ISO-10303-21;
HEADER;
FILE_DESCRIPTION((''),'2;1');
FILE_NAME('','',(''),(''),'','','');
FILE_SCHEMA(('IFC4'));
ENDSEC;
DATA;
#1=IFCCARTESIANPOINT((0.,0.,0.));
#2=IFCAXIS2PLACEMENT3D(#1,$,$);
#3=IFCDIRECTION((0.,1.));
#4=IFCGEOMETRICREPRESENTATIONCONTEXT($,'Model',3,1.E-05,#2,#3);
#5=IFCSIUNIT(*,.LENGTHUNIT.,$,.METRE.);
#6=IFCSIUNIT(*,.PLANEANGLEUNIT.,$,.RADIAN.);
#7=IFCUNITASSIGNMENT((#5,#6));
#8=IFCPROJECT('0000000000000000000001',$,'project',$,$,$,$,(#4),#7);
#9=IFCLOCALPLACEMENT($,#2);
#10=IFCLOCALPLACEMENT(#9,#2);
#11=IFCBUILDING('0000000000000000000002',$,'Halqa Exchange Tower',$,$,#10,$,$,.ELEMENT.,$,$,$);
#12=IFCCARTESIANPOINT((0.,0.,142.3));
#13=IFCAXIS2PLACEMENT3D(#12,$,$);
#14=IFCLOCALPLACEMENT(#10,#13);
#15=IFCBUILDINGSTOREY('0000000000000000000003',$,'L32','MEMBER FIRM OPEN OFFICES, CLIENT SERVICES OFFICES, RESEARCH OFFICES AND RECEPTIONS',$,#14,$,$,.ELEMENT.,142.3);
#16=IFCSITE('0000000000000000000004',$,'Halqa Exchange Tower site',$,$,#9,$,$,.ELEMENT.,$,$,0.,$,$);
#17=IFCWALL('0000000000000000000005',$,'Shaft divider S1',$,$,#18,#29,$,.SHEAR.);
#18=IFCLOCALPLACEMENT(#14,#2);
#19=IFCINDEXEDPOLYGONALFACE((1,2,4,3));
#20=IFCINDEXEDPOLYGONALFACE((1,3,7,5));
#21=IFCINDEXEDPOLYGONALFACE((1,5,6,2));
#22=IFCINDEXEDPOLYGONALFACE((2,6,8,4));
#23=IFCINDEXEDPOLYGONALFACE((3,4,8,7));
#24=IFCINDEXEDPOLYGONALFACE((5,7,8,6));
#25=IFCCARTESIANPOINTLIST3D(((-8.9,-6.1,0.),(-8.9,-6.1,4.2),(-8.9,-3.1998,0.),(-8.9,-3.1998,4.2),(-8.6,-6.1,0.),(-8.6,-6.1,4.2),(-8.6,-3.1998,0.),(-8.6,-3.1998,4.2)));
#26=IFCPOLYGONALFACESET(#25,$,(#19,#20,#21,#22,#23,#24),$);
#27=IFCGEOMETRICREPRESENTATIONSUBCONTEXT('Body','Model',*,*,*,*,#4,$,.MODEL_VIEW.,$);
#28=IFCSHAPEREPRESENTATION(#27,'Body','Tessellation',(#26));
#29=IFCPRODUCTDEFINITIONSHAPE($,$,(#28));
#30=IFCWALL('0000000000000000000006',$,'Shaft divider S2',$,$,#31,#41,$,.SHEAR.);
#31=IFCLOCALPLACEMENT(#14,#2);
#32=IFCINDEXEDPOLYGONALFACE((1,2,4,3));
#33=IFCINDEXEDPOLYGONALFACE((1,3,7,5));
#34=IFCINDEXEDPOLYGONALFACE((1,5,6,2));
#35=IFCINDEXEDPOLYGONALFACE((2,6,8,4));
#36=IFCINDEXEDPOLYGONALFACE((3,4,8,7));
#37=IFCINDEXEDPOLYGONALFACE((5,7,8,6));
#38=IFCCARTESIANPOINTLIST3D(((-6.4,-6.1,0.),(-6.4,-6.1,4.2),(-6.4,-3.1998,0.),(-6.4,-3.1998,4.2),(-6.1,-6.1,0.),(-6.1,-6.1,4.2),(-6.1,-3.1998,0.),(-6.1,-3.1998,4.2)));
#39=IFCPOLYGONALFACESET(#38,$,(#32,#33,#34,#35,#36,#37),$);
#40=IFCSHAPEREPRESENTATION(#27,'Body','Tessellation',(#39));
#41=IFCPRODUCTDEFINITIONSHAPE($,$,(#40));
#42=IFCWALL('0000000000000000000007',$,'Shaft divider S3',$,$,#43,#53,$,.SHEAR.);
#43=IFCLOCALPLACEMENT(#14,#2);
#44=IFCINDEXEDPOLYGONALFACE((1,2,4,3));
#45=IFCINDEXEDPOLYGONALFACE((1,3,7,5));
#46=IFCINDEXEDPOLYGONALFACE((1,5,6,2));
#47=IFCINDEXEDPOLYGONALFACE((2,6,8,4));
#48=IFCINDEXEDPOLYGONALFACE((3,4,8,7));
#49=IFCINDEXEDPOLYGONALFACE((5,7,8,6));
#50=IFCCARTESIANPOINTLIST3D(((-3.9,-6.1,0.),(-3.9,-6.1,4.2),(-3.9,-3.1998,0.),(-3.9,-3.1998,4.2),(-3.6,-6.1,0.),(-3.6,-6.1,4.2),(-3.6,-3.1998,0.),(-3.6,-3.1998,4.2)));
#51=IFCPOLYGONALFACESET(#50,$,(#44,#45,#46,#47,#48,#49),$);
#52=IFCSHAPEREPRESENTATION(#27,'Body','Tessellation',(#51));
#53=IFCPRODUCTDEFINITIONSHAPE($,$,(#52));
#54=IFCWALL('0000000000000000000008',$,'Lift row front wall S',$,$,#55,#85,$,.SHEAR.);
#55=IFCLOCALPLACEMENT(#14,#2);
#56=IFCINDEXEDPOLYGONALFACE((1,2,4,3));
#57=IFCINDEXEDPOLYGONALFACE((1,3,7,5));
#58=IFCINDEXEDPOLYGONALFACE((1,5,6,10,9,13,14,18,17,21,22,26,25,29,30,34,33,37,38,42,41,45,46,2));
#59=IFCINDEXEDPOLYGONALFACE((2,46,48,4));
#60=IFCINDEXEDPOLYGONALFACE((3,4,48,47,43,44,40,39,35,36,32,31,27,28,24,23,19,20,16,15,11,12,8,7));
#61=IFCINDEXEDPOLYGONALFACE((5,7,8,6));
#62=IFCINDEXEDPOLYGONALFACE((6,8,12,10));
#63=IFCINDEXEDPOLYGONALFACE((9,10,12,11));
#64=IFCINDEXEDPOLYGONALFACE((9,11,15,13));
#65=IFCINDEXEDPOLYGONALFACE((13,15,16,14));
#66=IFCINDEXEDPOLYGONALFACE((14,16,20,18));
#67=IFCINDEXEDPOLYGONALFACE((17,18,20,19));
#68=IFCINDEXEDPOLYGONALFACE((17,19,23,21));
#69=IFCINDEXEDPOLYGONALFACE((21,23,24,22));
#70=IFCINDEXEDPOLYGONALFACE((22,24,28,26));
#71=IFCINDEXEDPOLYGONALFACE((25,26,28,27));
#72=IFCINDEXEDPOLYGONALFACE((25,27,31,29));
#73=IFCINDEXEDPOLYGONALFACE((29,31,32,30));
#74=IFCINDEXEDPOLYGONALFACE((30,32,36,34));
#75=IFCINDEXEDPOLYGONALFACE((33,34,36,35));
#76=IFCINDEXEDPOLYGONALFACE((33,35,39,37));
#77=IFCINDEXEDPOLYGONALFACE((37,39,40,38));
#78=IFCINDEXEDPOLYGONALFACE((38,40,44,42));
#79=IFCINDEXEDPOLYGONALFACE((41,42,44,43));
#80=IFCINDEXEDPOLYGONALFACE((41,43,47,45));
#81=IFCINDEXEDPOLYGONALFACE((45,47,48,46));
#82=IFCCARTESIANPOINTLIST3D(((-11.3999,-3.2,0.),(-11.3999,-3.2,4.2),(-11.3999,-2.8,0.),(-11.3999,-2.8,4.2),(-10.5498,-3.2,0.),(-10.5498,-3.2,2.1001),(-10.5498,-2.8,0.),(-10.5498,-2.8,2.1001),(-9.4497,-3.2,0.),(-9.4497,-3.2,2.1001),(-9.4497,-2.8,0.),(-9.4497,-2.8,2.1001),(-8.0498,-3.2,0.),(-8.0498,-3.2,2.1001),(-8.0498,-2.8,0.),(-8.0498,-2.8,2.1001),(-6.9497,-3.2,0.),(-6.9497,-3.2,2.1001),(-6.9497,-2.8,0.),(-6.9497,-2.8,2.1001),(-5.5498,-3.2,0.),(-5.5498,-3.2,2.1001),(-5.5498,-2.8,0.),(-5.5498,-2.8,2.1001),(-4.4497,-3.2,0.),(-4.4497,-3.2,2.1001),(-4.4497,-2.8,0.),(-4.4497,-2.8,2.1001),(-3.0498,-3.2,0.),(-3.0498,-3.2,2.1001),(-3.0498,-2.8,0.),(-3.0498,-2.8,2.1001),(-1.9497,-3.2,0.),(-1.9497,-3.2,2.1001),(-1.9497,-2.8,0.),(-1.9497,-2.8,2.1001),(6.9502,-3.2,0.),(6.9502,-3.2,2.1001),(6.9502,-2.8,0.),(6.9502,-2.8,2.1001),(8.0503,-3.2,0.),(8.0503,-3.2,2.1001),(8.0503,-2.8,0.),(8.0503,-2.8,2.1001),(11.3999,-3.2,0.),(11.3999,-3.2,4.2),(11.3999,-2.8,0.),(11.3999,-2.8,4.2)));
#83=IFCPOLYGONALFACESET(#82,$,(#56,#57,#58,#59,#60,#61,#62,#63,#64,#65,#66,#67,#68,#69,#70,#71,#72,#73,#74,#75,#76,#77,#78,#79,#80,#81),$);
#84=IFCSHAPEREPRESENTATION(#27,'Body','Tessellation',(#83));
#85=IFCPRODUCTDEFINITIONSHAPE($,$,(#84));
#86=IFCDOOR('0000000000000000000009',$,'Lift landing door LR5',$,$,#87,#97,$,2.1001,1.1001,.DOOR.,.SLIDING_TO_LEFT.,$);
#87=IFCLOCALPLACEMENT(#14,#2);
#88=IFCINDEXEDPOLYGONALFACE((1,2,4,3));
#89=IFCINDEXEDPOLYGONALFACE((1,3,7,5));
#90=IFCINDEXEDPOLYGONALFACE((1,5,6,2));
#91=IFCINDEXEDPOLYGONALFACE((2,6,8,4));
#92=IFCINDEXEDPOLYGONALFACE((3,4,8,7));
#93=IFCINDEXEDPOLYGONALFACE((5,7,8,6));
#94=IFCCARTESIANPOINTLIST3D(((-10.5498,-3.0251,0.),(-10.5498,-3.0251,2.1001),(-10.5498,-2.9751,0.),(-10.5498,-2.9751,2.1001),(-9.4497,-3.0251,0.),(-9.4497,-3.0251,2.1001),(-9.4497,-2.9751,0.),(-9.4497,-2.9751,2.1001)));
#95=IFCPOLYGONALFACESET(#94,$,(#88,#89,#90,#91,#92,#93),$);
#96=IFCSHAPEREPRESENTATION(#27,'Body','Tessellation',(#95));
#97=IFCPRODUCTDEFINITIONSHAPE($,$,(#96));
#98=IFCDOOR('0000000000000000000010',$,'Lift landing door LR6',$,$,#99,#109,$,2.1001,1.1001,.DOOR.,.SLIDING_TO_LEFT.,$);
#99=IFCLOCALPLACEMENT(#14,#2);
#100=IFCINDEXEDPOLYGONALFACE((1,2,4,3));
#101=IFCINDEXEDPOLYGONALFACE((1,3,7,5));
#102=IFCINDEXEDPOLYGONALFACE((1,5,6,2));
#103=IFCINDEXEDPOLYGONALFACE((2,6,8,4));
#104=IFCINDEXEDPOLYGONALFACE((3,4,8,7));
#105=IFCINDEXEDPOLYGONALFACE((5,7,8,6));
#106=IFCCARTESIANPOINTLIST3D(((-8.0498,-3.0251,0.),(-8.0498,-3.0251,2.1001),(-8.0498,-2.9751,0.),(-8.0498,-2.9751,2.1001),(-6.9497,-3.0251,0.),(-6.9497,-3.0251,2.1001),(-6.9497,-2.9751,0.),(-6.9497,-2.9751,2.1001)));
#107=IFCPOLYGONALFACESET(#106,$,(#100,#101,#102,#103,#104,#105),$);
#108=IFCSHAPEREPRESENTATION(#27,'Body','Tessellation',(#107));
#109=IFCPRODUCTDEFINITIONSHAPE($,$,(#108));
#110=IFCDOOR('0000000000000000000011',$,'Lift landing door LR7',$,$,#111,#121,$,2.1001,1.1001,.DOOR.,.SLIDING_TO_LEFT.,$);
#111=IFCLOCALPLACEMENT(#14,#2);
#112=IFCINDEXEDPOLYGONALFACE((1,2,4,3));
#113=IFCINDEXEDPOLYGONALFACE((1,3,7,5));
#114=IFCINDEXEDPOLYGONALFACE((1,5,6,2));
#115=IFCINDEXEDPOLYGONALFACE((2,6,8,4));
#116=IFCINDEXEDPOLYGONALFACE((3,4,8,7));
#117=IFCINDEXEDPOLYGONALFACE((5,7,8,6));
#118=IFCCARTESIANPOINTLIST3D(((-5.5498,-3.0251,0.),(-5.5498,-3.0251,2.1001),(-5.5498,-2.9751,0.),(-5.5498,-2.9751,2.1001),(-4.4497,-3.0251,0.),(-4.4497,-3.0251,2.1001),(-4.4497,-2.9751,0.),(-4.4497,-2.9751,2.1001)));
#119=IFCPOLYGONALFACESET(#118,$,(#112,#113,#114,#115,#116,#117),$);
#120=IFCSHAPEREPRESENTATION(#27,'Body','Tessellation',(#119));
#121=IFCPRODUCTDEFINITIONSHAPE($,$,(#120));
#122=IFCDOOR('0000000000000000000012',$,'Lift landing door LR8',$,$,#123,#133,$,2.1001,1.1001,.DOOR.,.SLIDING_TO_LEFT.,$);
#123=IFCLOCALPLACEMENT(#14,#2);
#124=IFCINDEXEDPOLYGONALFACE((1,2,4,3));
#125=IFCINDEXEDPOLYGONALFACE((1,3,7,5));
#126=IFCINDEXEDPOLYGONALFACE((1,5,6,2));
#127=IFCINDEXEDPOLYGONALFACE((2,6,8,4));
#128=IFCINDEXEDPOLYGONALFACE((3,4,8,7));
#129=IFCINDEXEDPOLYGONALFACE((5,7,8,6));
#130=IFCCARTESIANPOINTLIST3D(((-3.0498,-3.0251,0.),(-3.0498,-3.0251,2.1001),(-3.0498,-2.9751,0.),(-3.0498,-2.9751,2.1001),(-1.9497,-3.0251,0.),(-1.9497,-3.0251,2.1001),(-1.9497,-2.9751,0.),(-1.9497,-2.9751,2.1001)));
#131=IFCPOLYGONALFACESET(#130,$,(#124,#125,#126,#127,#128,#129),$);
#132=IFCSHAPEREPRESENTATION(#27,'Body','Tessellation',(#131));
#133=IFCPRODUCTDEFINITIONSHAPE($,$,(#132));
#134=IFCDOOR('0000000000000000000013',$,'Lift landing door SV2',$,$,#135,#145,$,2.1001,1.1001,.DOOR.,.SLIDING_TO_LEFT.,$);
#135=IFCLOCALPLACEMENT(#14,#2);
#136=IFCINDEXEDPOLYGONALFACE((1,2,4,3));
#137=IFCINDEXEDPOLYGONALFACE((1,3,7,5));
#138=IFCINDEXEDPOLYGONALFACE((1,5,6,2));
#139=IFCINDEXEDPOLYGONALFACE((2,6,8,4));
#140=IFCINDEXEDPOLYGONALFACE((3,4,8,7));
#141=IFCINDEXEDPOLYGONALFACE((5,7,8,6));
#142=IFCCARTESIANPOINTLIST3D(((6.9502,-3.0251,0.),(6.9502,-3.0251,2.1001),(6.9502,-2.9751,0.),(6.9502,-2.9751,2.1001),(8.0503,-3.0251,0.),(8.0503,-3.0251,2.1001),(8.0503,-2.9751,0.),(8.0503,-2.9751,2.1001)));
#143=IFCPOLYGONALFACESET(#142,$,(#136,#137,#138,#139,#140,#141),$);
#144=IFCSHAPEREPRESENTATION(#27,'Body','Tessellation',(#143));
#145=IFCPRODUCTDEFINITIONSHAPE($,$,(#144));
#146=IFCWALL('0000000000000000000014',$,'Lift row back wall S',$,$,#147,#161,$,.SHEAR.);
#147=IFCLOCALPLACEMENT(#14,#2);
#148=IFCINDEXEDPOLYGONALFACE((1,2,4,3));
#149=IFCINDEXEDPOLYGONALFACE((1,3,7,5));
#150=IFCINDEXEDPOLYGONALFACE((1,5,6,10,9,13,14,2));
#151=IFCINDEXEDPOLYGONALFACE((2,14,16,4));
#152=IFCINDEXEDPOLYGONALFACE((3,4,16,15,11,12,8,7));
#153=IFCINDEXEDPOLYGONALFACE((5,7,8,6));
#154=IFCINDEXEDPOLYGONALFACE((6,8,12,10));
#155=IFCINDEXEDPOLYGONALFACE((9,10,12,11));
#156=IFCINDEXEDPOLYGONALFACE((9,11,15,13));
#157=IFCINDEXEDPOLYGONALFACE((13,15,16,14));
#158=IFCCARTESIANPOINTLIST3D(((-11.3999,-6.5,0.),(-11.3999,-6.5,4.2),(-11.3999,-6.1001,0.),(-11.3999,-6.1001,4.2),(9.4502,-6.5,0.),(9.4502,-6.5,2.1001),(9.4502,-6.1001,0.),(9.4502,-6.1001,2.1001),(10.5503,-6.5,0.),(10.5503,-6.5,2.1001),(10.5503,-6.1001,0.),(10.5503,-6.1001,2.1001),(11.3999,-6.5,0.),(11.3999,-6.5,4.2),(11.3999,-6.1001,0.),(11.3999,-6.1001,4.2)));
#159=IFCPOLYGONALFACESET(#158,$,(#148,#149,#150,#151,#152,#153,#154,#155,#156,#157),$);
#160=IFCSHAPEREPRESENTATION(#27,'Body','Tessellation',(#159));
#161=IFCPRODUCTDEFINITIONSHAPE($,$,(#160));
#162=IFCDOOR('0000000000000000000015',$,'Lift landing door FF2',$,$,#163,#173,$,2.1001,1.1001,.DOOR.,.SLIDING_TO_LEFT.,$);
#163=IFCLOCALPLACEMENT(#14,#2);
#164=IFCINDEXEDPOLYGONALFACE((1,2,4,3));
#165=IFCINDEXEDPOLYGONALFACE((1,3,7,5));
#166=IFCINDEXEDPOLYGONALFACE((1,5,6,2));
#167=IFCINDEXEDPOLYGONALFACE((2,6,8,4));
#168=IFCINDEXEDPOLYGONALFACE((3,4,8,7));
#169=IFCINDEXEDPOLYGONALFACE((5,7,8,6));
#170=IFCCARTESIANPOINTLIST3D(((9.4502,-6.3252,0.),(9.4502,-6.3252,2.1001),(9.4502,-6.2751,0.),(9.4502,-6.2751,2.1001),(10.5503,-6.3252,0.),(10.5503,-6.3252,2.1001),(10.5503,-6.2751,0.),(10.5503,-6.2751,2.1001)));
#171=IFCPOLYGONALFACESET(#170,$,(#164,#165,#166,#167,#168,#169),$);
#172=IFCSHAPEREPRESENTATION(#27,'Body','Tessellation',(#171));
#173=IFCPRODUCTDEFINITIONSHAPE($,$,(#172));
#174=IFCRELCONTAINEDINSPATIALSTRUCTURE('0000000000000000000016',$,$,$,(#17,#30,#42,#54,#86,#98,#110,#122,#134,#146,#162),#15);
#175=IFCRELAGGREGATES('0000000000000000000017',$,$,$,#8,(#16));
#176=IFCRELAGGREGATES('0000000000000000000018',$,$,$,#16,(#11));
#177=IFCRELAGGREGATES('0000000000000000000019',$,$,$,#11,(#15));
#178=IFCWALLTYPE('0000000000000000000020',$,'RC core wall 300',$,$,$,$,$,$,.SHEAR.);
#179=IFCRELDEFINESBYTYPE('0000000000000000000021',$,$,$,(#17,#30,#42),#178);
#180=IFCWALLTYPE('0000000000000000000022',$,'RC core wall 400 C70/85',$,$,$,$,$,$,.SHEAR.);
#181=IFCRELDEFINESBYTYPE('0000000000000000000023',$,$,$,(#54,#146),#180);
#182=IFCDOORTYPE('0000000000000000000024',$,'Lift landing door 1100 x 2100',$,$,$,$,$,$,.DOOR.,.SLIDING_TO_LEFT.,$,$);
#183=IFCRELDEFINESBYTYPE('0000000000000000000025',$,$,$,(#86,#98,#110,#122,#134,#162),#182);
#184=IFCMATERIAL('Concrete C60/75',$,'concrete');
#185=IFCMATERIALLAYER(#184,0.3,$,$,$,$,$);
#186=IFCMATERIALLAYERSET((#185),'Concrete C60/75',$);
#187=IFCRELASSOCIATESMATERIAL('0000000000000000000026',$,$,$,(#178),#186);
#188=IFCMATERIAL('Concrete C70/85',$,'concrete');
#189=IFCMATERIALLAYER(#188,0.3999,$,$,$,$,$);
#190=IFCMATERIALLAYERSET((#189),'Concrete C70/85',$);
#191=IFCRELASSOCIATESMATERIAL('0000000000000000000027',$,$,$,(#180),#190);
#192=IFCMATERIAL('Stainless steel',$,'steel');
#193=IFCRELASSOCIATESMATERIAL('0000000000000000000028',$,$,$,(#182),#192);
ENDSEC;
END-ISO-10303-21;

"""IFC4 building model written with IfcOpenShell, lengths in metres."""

from ifc_helpers import new_model, si_unit, direction, frame, frame_2d, origin, place, context, subcontext, project, spatial, rectangle, extrude, material, layer, layer_set, type_object, element, fill, save


model = new_model("IFC4")

# Units and contexts
model_context = context("Model", 3, precision=1e-05, world=origin(), true_north=direction((0.0, 1.0)))
body_context = subcontext(model_context, "Body", "Model", "MODEL_VIEW")
ifc_project = project(units=[si_unit("LENGTHUNIT", "METRE"), si_unit("PLANEANGLEUNIT", "RADIAN")], contexts=[model_context])

# Site, building, storey
site_placement = place(None, origin())
site = spatial("IfcSite", under=ifc_project, at=site_placement, Name="Halqa Exchange Tower site", CompositionType="ELEMENT", RefElevation=0.0)
building_placement = place(site_placement, origin())
building = spatial("IfcBuilding", under=site, at=building_placement, Name="Halqa Exchange Tower", CompositionType="ELEMENT")
storey_placement = place(building_placement, frame((0.0, 0.0, 142.3)))
storey = spatial("IfcBuildingStorey", under=building, at=storey_placement, Name="L32", Description="MEMBER FIRM OPEN OFFICES, CLIENT SERVICES OFFICES, RESEARCH OFFICES AND RECEPTIONS", CompositionType="ELEMENT", Elevation=142.3)

# Walls
ifc_material_1 = material(Name="Concrete C60/75", Category="concrete")
ifc_layer_1 = layer(ifc_material_1, 0.3)
ifc_layer_set_1 = layer_set([ifc_layer_1], Name="Concrete C60/75")
wall_type_1 = type_object("IfcWallType", Name="RC core wall 300", PredefinedType="SHEAR", material=ifc_layer_set_1)
for number, where, z_axis, x_axis, name in (
    (1, (-8.75, -6.1001, 0.0), (0.0, 0.0, 1.0), (0.0, 1.0, 0.0), "Shaft divider S1"),
    (2, (-6.25, -6.1001, 0.0), (0.0, 0.0, 1.0), (0.0, 1.0, 0.0), "Shaft divider S2"),
    (3, (-3.75, -6.1001, 0.0), (0.0, 0.0, 1.0), (0.0, 1.0, 0.0), "Shaft divider S3"),
):
    element("IfcWall", number, at=place(storey_placement, frame(where, z_axis=z_axis, x_axis=x_axis)), inside=storey, type_object=wall_type_1, Name=name, PredefinedType="SHEAR", context=body_context, shape_type="SweptSolid", body=[
        extrude(rectangle(XDim=2.9001, YDim=0.3, at=frame_2d((1.4502, 0.0))), origin(), (0.0, 0.0, 1.0), 4.2),
    ])

# Wall, openings, doors
ifc_material_2 = material(Name="Concrete C70/85", Category="concrete")
ifc_layer_2 = layer(ifc_material_2, 0.3999)
ifc_layer_set_2 = layer_set([ifc_layer_2], Name="Concrete C70/85")
wall_type_2 = type_object("IfcWallType", Name="RC core wall 400 C70/85", PredefinedType="SHEAR", material=ifc_layer_set_2)
wall_1_placement = place(storey_placement, frame((-11.3999, -3.0, 0.0), z_axis=(0.0, 0.0, 1.0), x_axis=(1.0, 0.0, 0.0)))
wall_1 = element("IfcWall", 4, at=wall_1_placement, inside=storey, type_object=wall_type_2, Name="Lift row front wall S", PredefinedType="SHEAR", context=body_context, shape_type="SweptSolid", body=[
    extrude(rectangle(XDim=22.7998, YDim=0.3999, at=frame_2d((11.3999, 0.0))), origin(), (0.0, 0.0, 1.0), 4.2),
])
opening_1_placement = place(wall_1_placement, frame((0.8501, 0.0, 0.0)))
opening_1 = element("IfcOpeningElement", 5, at=opening_1_placement, cuts=wall_1, PredefinedType="OPENING", context=body_context, shape_type="SweptSolid", body=[
    extrude(rectangle(XDim=1.1001, YDim=2.1001, at=frame_2d((0.55, 1.05))), frame((0.0, 0.2119, 0.0), z_axis=(0.0, -1.0, 0.0), x_axis=(1.0, 0.0, 0.0)), (0.0, 0.0, 1.0), 0.4238),
])
opening_2_placement = place(wall_1_placement, frame((3.3501, 0.0, 0.0)))
opening_2 = element("IfcOpeningElement", 6, at=opening_2_placement, cuts=wall_1, PredefinedType="OPENING", context=body_context, shape_type="SweptSolid", body=[
    extrude(rectangle(XDim=1.1001, YDim=2.1001, at=frame_2d((0.55, 1.05))), frame((0.0, 0.2119, 0.0), z_axis=(0.0, -1.0, 0.0), x_axis=(1.0, 0.0, 0.0)), (0.0, 0.0, 1.0), 0.4238),
])
opening_3_placement = place(wall_1_placement, frame((5.8501, 0.0, 0.0)))
opening_3 = element("IfcOpeningElement", 7, at=opening_3_placement, cuts=wall_1, PredefinedType="OPENING", context=body_context, shape_type="SweptSolid", body=[
    extrude(rectangle(XDim=1.1001, YDim=2.1001, at=frame_2d((0.55, 1.05))), frame((0.0, 0.2119, 0.0), z_axis=(0.0, -1.0, 0.0), x_axis=(1.0, 0.0, 0.0)), (0.0, 0.0, 1.0), 0.4238),
])
opening_4_placement = place(wall_1_placement, frame((8.3501, 0.0, 0.0)))
opening_4 = element("IfcOpeningElement", 8, at=opening_4_placement, cuts=wall_1, PredefinedType="OPENING", context=body_context, shape_type="SweptSolid", body=[
    extrude(rectangle(XDim=1.1001, YDim=2.1001, at=frame_2d((0.55, 1.05))), frame((0.0, 0.2119, 0.0), z_axis=(0.0, -1.0, 0.0), x_axis=(1.0, 0.0, 0.0)), (0.0, 0.0, 1.0), 0.4238),
])
opening_5_placement = place(wall_1_placement, frame((18.3501, 0.0, 0.0)))
opening_5 = element("IfcOpeningElement", 9, at=opening_5_placement, cuts=wall_1, PredefinedType="OPENING", context=body_context, shape_type="SweptSolid", body=[
    extrude(rectangle(XDim=1.1001, YDim=2.1001, at=frame_2d((0.55, 1.05))), frame((0.0, 0.2119, 0.0), z_axis=(0.0, -1.0, 0.0), x_axis=(1.0, 0.0, 0.0)), (0.0, 0.0, 1.0), 0.4238),
])
ifc_material_3 = material(Name="Stainless steel", Category="steel")
door_type = type_object("IfcDoorType", Name="Lift landing door 1100 x 2100", OperationType="SLIDING_TO_LEFT", PredefinedType="DOOR", material=ifc_material_3)
door_1_placement = place(opening_1_placement, origin())
door_1 = element("IfcDoor", 10, at=door_1_placement, inside=storey, type_object=door_type, Name="Lift landing door LR5", OperationType="SLIDING_TO_LEFT", OverallHeight=2.1001, OverallWidth=1.1001, PredefinedType="DOOR", context=body_context, shape_type="SweptSolid", body=[
    extrude(rectangle(XDim=1.1001, YDim=2.1001, at=frame_2d((0.55, 1.05))), frame((0.0, 0.0249, 0.0), z_axis=(0.0, -1.0, 0.0), x_axis=(1.0, 0.0, 0.0)), (0.0, 0.0, 1.0), 0.05),
])
fill(opening_1, door_1)
door_2_placement = place(opening_2_placement, origin())
door_2 = element("IfcDoor", 11, at=door_2_placement, inside=storey, type_object=door_type, Name="Lift landing door LR6", OperationType="SLIDING_TO_LEFT", OverallHeight=2.1001, OverallWidth=1.1001, PredefinedType="DOOR", context=body_context, shape_type="SweptSolid", body=[
    extrude(rectangle(XDim=1.1001, YDim=2.1001, at=frame_2d((0.55, 1.05))), frame((0.0, 0.0249, 0.0), z_axis=(0.0, -1.0, 0.0), x_axis=(1.0, 0.0, 0.0)), (0.0, 0.0, 1.0), 0.05),
])
fill(opening_2, door_2)
door_3_placement = place(opening_3_placement, origin())
door_3 = element("IfcDoor", 12, at=door_3_placement, inside=storey, type_object=door_type, Name="Lift landing door LR7", OperationType="SLIDING_TO_LEFT", OverallHeight=2.1001, OverallWidth=1.1001, PredefinedType="DOOR", context=body_context, shape_type="SweptSolid", body=[
    extrude(rectangle(XDim=1.1001, YDim=2.1001, at=frame_2d((0.55, 1.05))), frame((0.0, 0.0249, 0.0), z_axis=(0.0, -1.0, 0.0), x_axis=(1.0, 0.0, 0.0)), (0.0, 0.0, 1.0), 0.05),
])
fill(opening_3, door_3)
door_4_placement = place(opening_4_placement, origin())
door_4 = element("IfcDoor", 13, at=door_4_placement, inside=storey, type_object=door_type, Name="Lift landing door LR8", OperationType="SLIDING_TO_LEFT", OverallHeight=2.1001, OverallWidth=1.1001, PredefinedType="DOOR", context=body_context, shape_type="SweptSolid", body=[
    extrude(rectangle(XDim=1.1001, YDim=2.1001, at=frame_2d((0.55, 1.05))), frame((0.0, 0.0249, 0.0), z_axis=(0.0, -1.0, 0.0), x_axis=(1.0, 0.0, 0.0)), (0.0, 0.0, 1.0), 0.05),
])
fill(opening_4, door_4)
door_5_placement = place(opening_5_placement, origin())
door_5 = element("IfcDoor", 14, at=door_5_placement, inside=storey, type_object=door_type, Name="Lift landing door SV2", OperationType="SLIDING_TO_LEFT", OverallHeight=2.1001, OverallWidth=1.1001, PredefinedType="DOOR", context=body_context, shape_type="SweptSolid", body=[
    extrude(rectangle(XDim=1.1001, YDim=2.1001, at=frame_2d((0.55, 1.05))), frame((0.0, 0.0249, 0.0), z_axis=(0.0, -1.0, 0.0), x_axis=(1.0, 0.0, 0.0)), (0.0, 0.0, 1.0), 0.05),
])
fill(opening_5, door_5)

# Wall, opening, door
wall_2_placement = place(storey_placement, frame((-11.3999, -6.3, 0.0), z_axis=(0.0, 0.0, 1.0), x_axis=(1.0, 0.0, 0.0)))
wall_2 = element("IfcWall", 15, at=wall_2_placement, inside=storey, type_object=wall_type_2, Name="Lift row back wall S", PredefinedType="SHEAR", context=body_context, shape_type="SweptSolid", body=[
    extrude(rectangle(XDim=22.7998, YDim=0.3999, at=frame_2d((11.3999, 0.0))), origin(), (0.0, 0.0, 1.0), 4.2),
])
opening_6_placement = place(wall_2_placement, frame((20.8501, 0.0, 0.0)))
opening_6 = element("IfcOpeningElement", 16, at=opening_6_placement, cuts=wall_2, PredefinedType="OPENING", context=body_context, shape_type="SweptSolid", body=[
    extrude(rectangle(XDim=1.1001, YDim=2.1001, at=frame_2d((0.55, 1.05))), frame((0.0, 0.2119, 0.0), z_axis=(0.0, -1.0, 0.0), x_axis=(1.0, 0.0, 0.0)), (0.0, 0.0, 1.0), 0.4238),
])
door_6_placement = place(opening_6_placement, origin())
door_6 = element("IfcDoor", 17, at=door_6_placement, inside=storey, type_object=door_type, Name="Lift landing door FF2", OperationType="SLIDING_TO_LEFT", OverallHeight=2.1001, OverallWidth=1.1001, PredefinedType="DOOR", context=body_context, shape_type="SweptSolid", body=[
    extrude(rectangle(XDim=1.1001, YDim=2.1001, at=frame_2d((0.55, 1.05))), frame((0.0, 0.0249, 0.0), z_axis=(0.0, -1.0, 0.0), x_axis=(1.0, 0.0, 0.0)), (0.0, 0.0, 1.0), 0.05),
])
fill(opening_6, door_6)

save(model, "model.ifc")
